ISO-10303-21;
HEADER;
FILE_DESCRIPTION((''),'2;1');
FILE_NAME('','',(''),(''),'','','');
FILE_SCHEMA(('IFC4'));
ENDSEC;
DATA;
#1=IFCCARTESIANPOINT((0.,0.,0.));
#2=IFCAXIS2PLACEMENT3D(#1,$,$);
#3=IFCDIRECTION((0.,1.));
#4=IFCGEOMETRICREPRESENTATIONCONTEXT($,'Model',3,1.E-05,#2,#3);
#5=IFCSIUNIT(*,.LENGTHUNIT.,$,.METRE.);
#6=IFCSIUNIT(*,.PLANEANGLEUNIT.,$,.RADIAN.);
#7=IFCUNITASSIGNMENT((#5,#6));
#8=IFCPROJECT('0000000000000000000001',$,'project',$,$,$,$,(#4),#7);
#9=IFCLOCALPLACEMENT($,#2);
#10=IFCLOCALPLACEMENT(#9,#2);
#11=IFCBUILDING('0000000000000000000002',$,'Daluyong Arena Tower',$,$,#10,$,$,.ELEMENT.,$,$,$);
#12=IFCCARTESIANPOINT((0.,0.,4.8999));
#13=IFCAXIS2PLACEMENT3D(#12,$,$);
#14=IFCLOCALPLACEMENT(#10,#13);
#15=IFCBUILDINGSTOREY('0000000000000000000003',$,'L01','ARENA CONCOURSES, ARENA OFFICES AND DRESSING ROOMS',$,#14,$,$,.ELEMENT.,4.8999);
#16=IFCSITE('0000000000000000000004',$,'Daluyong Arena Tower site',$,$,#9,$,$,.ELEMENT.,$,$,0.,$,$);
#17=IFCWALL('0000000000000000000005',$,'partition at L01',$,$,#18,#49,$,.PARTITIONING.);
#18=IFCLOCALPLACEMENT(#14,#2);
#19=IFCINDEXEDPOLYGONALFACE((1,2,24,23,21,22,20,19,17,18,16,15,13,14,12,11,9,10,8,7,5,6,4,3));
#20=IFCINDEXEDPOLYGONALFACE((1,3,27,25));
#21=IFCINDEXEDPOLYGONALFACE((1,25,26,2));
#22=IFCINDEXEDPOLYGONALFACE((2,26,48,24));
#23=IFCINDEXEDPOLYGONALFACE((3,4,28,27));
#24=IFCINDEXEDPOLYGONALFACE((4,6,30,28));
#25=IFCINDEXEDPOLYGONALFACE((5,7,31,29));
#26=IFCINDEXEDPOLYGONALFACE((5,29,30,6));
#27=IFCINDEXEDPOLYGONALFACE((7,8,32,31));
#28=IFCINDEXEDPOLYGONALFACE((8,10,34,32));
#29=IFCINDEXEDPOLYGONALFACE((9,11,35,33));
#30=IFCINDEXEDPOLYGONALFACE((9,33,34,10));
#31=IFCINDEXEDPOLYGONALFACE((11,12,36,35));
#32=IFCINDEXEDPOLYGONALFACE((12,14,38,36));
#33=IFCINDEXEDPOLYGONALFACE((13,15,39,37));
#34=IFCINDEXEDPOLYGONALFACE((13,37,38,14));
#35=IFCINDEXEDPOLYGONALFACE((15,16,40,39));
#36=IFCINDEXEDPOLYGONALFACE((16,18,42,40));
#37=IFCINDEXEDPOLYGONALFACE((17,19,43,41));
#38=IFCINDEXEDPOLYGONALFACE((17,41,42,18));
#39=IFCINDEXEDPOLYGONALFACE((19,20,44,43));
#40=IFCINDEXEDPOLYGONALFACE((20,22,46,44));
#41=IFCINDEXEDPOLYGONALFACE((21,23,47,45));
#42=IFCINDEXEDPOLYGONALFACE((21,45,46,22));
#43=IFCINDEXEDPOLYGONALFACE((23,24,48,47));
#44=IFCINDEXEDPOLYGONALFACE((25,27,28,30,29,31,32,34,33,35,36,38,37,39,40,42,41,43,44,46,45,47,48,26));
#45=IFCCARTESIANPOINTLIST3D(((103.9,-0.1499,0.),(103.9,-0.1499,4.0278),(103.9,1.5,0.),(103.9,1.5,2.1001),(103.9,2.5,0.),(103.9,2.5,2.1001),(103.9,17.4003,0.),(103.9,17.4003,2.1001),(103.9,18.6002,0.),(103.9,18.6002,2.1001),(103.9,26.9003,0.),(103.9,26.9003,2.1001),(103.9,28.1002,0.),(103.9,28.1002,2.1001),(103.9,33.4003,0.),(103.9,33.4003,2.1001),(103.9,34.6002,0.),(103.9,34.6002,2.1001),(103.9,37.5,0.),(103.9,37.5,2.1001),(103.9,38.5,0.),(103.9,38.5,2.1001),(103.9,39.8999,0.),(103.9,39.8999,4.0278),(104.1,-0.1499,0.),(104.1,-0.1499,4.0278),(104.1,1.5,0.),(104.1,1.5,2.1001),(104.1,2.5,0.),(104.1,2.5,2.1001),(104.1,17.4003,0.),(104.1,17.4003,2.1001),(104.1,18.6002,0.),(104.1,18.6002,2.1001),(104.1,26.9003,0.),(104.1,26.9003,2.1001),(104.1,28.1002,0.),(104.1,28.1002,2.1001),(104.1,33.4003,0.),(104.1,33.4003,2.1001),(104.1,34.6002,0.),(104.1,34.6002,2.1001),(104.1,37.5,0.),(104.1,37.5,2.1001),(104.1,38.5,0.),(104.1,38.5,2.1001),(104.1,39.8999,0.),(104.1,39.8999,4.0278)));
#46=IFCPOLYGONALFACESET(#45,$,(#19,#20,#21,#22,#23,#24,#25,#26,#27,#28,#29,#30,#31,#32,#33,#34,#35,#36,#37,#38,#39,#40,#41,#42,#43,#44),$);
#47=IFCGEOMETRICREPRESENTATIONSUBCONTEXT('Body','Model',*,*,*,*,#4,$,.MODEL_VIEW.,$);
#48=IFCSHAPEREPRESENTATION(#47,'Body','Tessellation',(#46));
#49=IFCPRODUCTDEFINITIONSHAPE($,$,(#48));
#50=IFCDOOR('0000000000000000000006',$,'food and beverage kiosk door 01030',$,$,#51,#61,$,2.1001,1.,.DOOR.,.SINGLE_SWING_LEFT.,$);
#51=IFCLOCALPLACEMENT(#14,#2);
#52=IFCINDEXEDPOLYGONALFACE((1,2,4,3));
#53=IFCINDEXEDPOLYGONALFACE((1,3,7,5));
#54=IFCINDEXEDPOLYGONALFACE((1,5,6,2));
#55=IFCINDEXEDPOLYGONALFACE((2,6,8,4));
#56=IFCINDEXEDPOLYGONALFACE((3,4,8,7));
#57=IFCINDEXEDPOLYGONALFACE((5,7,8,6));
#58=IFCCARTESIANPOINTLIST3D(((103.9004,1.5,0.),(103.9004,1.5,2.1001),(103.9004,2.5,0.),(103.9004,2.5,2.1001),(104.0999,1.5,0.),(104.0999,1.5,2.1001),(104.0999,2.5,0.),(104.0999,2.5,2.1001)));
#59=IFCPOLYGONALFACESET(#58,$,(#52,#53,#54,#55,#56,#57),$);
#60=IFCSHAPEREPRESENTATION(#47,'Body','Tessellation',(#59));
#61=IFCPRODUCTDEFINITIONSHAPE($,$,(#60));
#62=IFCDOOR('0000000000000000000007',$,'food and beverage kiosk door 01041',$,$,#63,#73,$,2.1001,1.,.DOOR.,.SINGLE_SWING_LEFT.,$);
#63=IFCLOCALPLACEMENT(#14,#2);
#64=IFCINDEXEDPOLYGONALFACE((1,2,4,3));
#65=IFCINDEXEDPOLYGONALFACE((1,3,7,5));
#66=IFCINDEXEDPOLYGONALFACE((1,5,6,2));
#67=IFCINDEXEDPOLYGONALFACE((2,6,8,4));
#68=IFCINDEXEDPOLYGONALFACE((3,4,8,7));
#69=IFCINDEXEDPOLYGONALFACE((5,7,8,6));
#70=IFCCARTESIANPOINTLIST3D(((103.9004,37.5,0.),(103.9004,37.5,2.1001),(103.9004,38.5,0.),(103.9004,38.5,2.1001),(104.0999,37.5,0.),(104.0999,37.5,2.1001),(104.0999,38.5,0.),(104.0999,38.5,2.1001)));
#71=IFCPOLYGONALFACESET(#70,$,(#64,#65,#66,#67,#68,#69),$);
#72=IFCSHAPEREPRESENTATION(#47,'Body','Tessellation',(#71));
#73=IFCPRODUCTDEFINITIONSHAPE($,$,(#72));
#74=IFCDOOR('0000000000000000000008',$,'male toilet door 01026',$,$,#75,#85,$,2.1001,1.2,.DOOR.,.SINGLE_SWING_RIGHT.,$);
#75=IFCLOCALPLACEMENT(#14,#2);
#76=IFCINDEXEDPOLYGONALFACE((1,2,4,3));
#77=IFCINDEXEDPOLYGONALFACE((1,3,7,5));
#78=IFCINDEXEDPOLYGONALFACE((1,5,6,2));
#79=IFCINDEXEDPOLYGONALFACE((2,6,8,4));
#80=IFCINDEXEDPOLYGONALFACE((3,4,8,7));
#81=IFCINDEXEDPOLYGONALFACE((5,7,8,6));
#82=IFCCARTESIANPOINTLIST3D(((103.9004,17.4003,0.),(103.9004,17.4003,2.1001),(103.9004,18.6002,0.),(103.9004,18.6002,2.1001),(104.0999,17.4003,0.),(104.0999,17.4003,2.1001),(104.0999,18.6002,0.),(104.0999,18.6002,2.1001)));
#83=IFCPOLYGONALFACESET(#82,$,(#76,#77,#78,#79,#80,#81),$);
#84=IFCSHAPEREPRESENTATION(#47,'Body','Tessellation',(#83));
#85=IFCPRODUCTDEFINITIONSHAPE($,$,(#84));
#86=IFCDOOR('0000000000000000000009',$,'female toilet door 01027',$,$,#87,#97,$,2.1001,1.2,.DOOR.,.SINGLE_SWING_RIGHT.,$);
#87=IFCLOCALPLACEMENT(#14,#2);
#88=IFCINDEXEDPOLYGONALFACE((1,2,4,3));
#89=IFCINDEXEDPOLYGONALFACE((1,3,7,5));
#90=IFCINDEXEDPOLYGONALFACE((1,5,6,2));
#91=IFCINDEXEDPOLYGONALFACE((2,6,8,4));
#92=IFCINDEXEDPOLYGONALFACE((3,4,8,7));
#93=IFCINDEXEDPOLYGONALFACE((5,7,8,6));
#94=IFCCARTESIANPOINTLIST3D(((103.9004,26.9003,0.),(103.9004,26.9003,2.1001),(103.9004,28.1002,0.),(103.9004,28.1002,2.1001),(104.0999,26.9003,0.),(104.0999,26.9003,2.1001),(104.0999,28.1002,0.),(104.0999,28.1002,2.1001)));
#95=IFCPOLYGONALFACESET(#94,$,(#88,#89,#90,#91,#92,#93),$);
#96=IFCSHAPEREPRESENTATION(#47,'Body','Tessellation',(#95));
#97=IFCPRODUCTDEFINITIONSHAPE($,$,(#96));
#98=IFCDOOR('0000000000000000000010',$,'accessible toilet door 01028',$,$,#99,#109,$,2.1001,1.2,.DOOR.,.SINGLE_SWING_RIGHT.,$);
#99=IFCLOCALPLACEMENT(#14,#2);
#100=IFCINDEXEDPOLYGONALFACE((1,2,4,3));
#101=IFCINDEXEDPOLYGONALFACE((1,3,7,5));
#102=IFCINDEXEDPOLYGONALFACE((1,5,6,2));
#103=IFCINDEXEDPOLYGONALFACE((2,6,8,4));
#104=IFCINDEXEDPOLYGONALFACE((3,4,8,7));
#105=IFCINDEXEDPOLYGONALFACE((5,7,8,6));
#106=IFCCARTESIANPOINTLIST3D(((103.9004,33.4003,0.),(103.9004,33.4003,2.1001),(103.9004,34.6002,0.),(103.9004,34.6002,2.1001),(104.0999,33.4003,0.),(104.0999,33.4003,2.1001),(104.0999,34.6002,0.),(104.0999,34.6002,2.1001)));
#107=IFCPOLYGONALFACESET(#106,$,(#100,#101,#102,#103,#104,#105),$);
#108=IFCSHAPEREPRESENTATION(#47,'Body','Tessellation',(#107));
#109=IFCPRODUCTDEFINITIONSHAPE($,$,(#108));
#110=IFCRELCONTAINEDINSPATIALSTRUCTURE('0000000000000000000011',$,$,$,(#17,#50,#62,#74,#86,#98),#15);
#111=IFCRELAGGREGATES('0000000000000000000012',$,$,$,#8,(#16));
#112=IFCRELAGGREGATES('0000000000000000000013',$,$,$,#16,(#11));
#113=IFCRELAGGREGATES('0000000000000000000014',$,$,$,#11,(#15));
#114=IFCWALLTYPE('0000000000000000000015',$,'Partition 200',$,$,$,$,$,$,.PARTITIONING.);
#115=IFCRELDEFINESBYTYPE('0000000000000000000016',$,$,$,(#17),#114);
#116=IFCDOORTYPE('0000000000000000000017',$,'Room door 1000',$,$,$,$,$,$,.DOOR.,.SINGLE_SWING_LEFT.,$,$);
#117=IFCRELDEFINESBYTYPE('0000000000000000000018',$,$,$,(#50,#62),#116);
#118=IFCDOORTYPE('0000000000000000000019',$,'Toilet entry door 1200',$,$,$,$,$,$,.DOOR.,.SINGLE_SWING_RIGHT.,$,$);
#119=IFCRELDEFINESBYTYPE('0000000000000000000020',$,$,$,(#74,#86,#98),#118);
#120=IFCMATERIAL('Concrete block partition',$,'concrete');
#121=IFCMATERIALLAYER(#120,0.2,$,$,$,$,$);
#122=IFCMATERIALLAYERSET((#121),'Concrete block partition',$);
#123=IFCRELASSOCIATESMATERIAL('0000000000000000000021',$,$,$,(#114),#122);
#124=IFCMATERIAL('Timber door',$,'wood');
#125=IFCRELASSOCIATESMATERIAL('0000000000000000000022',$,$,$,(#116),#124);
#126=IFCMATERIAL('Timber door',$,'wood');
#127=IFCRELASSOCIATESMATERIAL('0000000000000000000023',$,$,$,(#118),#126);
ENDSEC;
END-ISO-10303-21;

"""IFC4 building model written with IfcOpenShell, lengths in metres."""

from ifc_helpers import new_model, si_unit, direction, frame, frame_2d, origin, place, context, subcontext, project, spatial, rectangle, extrude, material, layer, layer_set, type_object, element, fill, save


model = new_model("IFC4")

# Units and contexts
model_context = context("Model", 3, precision=1e-05, world=origin(), true_north=direction((0.0, 1.0)))
body_context = subcontext(model_context, "Body", "Model", "MODEL_VIEW")
ifc_project = project(units=[si_unit("LENGTHUNIT", "METRE"), si_unit("PLANEANGLEUNIT", "RADIAN")], contexts=[model_context])

# Site, building, storey
site_placement = place(None, origin())
site = spatial("IfcSite", under=ifc_project, at=site_placement, Name="Daluyong Arena Tower site", CompositionType="ELEMENT", RefElevation=0.0)
building_placement = place(site_placement, origin())
building = spatial("IfcBuilding", under=site, at=building_placement, Name="Daluyong Arena Tower", CompositionType="ELEMENT")
storey_placement = place(building_placement, frame((0.0, 0.0, 4.8999)))
storey = spatial("IfcBuildingStorey", under=building, at=storey_placement, Name="L01", Description="ARENA CONCOURSES, ARENA OFFICES AND DRESSING ROOMS", CompositionType="ELEMENT", Elevation=4.8999)

# Wall, openings, doors
ifc_material_1 = material(Name="Concrete block partition", Category="concrete")
ifc_layer = layer(ifc_material_1, 0.2)
ifc_layer_set = layer_set([ifc_layer], Name="Concrete block partition")
wall_type = type_object("IfcWallType", Name="Partition 200", PredefinedType="PARTITIONING", material=ifc_layer_set)
wall_placement = place(storey_placement, frame((104.0, -0.1499, 0.0), z_axis=(0.0, 0.0, 1.0), x_axis=(0.0, 1.0, 0.0)))
wall = element("IfcWall", 1, at=wall_placement, inside=storey, type_object=wall_type, Name="partition at L01", PredefinedType="PARTITIONING", context=body_context, shape_type="SweptSolid", body=[
    extrude(rectangle(XDim=40.0498, YDim=0.2, at=frame_2d((20.0249, 0.0))), origin(), (0.0, 0.0, 1.0), 4.0278),
])
opening_1_placement = place(wall_placement, frame((17.55, 0.0, 0.0)))
opening_1 = element("IfcOpeningElement", 2, at=opening_1_placement, cuts=wall, PredefinedType="OPENING", context=body_context, shape_type="SweptSolid", body=[
    extrude(rectangle(XDim=1.2, YDim=2.1001, at=frame_2d((0.6001, 1.05))), frame((0.0, 0.1099, 0.0), z_axis=(0.0, -1.0, 0.0), x_axis=(1.0, 0.0, 0.0)), (0.0, 0.0, 1.0), 0.22),
])
opening_2_placement = place(wall_placement, frame((27.05, 0.0, 0.0)))
opening_2 = element("IfcOpeningElement", 3, at=opening_2_placement, cuts=wall, PredefinedType="OPENING", context=body_context, shape_type="SweptSolid", body=[
    extrude(rectangle(XDim=1.2, YDim=2.1001, at=frame_2d((0.6001, 1.05))), frame((0.0, 0.1099, 0.0), z_axis=(0.0, -1.0, 0.0), x_axis=(1.0, 0.0, 0.0)), (0.0, 0.0, 1.0), 0.22),
])
opening_3_placement = place(wall_placement, frame((33.55, 0.0, 0.0)))
opening_3 = element("IfcOpeningElement", 4, at=opening_3_placement, cuts=wall, PredefinedType="OPENING", context=body_context, shape_type="SweptSolid", body=[
    extrude(rectangle(XDim=1.2, YDim=2.1001, at=frame_2d((0.6001, 1.05))), frame((0.0, 0.1099, 0.0), z_axis=(0.0, -1.0, 0.0), x_axis=(1.0, 0.0, 0.0)), (0.0, 0.0, 1.0), 0.22),
])
opening_4_placement = place(wall_placement, frame((1.6499, 0.0, 0.0)))
opening_4 = element("IfcOpeningElement", 5, at=opening_4_placement, cuts=wall, PredefinedType="OPENING", context=body_context, shape_type="SweptSolid", body=[
    extrude(rectangle(XDim=1.0, YDim=2.1001, at=frame_2d((0.5, 1.05))), frame((0.0, 0.1099, 0.0), z_axis=(0.0, -1.0, 0.0), x_axis=(1.0, 0.0, 0.0)), (0.0, 0.0, 1.0), 0.22),
])
opening_5_placement = place(wall_placement, frame((37.6499, 0.0, 0.0)))
opening_5 = element("IfcOpeningElement", 6, at=opening_5_placement, cuts=wall, PredefinedType="OPENING", context=body_context, shape_type="SweptSolid", body=[
    extrude(rectangle(XDim=1.0, YDim=2.1001, at=frame_2d((0.5, 1.05))), frame((0.0, 0.1099, 0.0), z_axis=(0.0, -1.0, 0.0), x_axis=(1.0, 0.0, 0.0)), (0.0, 0.0, 1.0), 0.22),
])
ifc_material_2 = material(Name="Timber door", Category="wood")
door_type_1 = type_object("IfcDoorType", Name="Room door 1000", OperationType="SINGLE_SWING_LEFT", PredefinedType="DOOR", material=ifc_material_2)
door_1_placement = place(opening_4_placement, origin())
door_1 = element("IfcDoor", 7, at=door_1_placement, inside=storey, type_object=door_type_1, Name="food and beverage kiosk door 01030", OperationType="SINGLE_SWING_LEFT", OverallHeight=2.1001, OverallWidth=1.0, PredefinedType="DOOR", context=body_context, shape_type="SweptSolid", body=[
    extrude(rectangle(XDim=1.0, YDim=2.1001, at=frame_2d((0.5, 1.05))), frame((0.0, 0.0996, 0.0), z_axis=(0.0, -1.0, 0.0), x_axis=(1.0, 0.0, 0.0)), (0.0, 0.0, 1.0), 0.1995),
])
fill(opening_4, door_1)
door_2_placement = place(opening_5_placement, origin())
door_2 = element("IfcDoor", 8, at=door_2_placement, inside=storey, type_object=door_type_1, Name="food and beverage kiosk door 01041", OperationType="SINGLE_SWING_LEFT", OverallHeight=2.1001, OverallWidth=1.0, PredefinedType="DOOR", context=body_context, shape_type="SweptSolid", body=[
    extrude(rectangle(XDim=1.0, YDim=2.1001, at=frame_2d((0.5, 1.05))), frame((0.0, 0.0996, 0.0), z_axis=(0.0, -1.0, 0.0), x_axis=(1.0, 0.0, 0.0)), (0.0, 0.0, 1.0), 0.1995),
])
fill(opening_5, door_2)
ifc_material_3 = material(Name="Timber door", Category="wood")
door_type_2 = type_object("IfcDoorType", Name="Toilet entry door 1200", OperationType="SINGLE_SWING_RIGHT", PredefinedType="DOOR", material=ifc_material_3)
door_3_placement = place(opening_1_placement, origin())
door_3 = element("IfcDoor", 9, at=door_3_placement, inside=storey, type_object=door_type_2, Name="male toilet door 01026", OperationType="SINGLE_SWING_RIGHT", OverallHeight=2.1001, OverallWidth=1.2, PredefinedType="DOOR", context=body_context, shape_type="SweptSolid", body=[
    extrude(rectangle(XDim=1.2, YDim=2.1001, at=frame_2d((0.6001, 1.05))), frame((0.0, 0.0996, 0.0), z_axis=(0.0, -1.0, 0.0), x_axis=(1.0, 0.0, 0.0)), (0.0, 0.0, 1.0), 0.1995),
])
fill(opening_1, door_3)
door_4_placement = place(opening_2_placement, origin())
door_4 = element("IfcDoor", 10, at=door_4_placement, inside=storey, type_object=door_type_2, Name="female toilet door 01027", OperationType="SINGLE_SWING_RIGHT", OverallHeight=2.1001, OverallWidth=1.2, PredefinedType="DOOR", context=body_context, shape_type="SweptSolid", body=[
    extrude(rectangle(XDim=1.2, YDim=2.1001, at=frame_2d((0.6001, 1.05))), frame((0.0, 0.0996, 0.0), z_axis=(0.0, -1.0, 0.0), x_axis=(1.0, 0.0, 0.0)), (0.0, 0.0, 1.0), 0.1995),
])
fill(opening_2, door_4)
door_5_placement = place(opening_3_placement, origin())
door_5 = element("IfcDoor", 11, at=door_5_placement, inside=storey, type_object=door_type_2, Name="accessible toilet door 01028", OperationType="SINGLE_SWING_RIGHT", OverallHeight=2.1001, OverallWidth=1.2, PredefinedType="DOOR", context=body_context, shape_type="SweptSolid", body=[
    extrude(rectangle(XDim=1.2, YDim=2.1001, at=frame_2d((0.6001, 1.05))), frame((0.0, 0.0996, 0.0), z_axis=(0.0, -1.0, 0.0), x_axis=(1.0, 0.0, 0.0)), (0.0, 0.0, 1.0), 0.1995),
])
fill(opening_3, door_5)

save(model, "model.ifc")
